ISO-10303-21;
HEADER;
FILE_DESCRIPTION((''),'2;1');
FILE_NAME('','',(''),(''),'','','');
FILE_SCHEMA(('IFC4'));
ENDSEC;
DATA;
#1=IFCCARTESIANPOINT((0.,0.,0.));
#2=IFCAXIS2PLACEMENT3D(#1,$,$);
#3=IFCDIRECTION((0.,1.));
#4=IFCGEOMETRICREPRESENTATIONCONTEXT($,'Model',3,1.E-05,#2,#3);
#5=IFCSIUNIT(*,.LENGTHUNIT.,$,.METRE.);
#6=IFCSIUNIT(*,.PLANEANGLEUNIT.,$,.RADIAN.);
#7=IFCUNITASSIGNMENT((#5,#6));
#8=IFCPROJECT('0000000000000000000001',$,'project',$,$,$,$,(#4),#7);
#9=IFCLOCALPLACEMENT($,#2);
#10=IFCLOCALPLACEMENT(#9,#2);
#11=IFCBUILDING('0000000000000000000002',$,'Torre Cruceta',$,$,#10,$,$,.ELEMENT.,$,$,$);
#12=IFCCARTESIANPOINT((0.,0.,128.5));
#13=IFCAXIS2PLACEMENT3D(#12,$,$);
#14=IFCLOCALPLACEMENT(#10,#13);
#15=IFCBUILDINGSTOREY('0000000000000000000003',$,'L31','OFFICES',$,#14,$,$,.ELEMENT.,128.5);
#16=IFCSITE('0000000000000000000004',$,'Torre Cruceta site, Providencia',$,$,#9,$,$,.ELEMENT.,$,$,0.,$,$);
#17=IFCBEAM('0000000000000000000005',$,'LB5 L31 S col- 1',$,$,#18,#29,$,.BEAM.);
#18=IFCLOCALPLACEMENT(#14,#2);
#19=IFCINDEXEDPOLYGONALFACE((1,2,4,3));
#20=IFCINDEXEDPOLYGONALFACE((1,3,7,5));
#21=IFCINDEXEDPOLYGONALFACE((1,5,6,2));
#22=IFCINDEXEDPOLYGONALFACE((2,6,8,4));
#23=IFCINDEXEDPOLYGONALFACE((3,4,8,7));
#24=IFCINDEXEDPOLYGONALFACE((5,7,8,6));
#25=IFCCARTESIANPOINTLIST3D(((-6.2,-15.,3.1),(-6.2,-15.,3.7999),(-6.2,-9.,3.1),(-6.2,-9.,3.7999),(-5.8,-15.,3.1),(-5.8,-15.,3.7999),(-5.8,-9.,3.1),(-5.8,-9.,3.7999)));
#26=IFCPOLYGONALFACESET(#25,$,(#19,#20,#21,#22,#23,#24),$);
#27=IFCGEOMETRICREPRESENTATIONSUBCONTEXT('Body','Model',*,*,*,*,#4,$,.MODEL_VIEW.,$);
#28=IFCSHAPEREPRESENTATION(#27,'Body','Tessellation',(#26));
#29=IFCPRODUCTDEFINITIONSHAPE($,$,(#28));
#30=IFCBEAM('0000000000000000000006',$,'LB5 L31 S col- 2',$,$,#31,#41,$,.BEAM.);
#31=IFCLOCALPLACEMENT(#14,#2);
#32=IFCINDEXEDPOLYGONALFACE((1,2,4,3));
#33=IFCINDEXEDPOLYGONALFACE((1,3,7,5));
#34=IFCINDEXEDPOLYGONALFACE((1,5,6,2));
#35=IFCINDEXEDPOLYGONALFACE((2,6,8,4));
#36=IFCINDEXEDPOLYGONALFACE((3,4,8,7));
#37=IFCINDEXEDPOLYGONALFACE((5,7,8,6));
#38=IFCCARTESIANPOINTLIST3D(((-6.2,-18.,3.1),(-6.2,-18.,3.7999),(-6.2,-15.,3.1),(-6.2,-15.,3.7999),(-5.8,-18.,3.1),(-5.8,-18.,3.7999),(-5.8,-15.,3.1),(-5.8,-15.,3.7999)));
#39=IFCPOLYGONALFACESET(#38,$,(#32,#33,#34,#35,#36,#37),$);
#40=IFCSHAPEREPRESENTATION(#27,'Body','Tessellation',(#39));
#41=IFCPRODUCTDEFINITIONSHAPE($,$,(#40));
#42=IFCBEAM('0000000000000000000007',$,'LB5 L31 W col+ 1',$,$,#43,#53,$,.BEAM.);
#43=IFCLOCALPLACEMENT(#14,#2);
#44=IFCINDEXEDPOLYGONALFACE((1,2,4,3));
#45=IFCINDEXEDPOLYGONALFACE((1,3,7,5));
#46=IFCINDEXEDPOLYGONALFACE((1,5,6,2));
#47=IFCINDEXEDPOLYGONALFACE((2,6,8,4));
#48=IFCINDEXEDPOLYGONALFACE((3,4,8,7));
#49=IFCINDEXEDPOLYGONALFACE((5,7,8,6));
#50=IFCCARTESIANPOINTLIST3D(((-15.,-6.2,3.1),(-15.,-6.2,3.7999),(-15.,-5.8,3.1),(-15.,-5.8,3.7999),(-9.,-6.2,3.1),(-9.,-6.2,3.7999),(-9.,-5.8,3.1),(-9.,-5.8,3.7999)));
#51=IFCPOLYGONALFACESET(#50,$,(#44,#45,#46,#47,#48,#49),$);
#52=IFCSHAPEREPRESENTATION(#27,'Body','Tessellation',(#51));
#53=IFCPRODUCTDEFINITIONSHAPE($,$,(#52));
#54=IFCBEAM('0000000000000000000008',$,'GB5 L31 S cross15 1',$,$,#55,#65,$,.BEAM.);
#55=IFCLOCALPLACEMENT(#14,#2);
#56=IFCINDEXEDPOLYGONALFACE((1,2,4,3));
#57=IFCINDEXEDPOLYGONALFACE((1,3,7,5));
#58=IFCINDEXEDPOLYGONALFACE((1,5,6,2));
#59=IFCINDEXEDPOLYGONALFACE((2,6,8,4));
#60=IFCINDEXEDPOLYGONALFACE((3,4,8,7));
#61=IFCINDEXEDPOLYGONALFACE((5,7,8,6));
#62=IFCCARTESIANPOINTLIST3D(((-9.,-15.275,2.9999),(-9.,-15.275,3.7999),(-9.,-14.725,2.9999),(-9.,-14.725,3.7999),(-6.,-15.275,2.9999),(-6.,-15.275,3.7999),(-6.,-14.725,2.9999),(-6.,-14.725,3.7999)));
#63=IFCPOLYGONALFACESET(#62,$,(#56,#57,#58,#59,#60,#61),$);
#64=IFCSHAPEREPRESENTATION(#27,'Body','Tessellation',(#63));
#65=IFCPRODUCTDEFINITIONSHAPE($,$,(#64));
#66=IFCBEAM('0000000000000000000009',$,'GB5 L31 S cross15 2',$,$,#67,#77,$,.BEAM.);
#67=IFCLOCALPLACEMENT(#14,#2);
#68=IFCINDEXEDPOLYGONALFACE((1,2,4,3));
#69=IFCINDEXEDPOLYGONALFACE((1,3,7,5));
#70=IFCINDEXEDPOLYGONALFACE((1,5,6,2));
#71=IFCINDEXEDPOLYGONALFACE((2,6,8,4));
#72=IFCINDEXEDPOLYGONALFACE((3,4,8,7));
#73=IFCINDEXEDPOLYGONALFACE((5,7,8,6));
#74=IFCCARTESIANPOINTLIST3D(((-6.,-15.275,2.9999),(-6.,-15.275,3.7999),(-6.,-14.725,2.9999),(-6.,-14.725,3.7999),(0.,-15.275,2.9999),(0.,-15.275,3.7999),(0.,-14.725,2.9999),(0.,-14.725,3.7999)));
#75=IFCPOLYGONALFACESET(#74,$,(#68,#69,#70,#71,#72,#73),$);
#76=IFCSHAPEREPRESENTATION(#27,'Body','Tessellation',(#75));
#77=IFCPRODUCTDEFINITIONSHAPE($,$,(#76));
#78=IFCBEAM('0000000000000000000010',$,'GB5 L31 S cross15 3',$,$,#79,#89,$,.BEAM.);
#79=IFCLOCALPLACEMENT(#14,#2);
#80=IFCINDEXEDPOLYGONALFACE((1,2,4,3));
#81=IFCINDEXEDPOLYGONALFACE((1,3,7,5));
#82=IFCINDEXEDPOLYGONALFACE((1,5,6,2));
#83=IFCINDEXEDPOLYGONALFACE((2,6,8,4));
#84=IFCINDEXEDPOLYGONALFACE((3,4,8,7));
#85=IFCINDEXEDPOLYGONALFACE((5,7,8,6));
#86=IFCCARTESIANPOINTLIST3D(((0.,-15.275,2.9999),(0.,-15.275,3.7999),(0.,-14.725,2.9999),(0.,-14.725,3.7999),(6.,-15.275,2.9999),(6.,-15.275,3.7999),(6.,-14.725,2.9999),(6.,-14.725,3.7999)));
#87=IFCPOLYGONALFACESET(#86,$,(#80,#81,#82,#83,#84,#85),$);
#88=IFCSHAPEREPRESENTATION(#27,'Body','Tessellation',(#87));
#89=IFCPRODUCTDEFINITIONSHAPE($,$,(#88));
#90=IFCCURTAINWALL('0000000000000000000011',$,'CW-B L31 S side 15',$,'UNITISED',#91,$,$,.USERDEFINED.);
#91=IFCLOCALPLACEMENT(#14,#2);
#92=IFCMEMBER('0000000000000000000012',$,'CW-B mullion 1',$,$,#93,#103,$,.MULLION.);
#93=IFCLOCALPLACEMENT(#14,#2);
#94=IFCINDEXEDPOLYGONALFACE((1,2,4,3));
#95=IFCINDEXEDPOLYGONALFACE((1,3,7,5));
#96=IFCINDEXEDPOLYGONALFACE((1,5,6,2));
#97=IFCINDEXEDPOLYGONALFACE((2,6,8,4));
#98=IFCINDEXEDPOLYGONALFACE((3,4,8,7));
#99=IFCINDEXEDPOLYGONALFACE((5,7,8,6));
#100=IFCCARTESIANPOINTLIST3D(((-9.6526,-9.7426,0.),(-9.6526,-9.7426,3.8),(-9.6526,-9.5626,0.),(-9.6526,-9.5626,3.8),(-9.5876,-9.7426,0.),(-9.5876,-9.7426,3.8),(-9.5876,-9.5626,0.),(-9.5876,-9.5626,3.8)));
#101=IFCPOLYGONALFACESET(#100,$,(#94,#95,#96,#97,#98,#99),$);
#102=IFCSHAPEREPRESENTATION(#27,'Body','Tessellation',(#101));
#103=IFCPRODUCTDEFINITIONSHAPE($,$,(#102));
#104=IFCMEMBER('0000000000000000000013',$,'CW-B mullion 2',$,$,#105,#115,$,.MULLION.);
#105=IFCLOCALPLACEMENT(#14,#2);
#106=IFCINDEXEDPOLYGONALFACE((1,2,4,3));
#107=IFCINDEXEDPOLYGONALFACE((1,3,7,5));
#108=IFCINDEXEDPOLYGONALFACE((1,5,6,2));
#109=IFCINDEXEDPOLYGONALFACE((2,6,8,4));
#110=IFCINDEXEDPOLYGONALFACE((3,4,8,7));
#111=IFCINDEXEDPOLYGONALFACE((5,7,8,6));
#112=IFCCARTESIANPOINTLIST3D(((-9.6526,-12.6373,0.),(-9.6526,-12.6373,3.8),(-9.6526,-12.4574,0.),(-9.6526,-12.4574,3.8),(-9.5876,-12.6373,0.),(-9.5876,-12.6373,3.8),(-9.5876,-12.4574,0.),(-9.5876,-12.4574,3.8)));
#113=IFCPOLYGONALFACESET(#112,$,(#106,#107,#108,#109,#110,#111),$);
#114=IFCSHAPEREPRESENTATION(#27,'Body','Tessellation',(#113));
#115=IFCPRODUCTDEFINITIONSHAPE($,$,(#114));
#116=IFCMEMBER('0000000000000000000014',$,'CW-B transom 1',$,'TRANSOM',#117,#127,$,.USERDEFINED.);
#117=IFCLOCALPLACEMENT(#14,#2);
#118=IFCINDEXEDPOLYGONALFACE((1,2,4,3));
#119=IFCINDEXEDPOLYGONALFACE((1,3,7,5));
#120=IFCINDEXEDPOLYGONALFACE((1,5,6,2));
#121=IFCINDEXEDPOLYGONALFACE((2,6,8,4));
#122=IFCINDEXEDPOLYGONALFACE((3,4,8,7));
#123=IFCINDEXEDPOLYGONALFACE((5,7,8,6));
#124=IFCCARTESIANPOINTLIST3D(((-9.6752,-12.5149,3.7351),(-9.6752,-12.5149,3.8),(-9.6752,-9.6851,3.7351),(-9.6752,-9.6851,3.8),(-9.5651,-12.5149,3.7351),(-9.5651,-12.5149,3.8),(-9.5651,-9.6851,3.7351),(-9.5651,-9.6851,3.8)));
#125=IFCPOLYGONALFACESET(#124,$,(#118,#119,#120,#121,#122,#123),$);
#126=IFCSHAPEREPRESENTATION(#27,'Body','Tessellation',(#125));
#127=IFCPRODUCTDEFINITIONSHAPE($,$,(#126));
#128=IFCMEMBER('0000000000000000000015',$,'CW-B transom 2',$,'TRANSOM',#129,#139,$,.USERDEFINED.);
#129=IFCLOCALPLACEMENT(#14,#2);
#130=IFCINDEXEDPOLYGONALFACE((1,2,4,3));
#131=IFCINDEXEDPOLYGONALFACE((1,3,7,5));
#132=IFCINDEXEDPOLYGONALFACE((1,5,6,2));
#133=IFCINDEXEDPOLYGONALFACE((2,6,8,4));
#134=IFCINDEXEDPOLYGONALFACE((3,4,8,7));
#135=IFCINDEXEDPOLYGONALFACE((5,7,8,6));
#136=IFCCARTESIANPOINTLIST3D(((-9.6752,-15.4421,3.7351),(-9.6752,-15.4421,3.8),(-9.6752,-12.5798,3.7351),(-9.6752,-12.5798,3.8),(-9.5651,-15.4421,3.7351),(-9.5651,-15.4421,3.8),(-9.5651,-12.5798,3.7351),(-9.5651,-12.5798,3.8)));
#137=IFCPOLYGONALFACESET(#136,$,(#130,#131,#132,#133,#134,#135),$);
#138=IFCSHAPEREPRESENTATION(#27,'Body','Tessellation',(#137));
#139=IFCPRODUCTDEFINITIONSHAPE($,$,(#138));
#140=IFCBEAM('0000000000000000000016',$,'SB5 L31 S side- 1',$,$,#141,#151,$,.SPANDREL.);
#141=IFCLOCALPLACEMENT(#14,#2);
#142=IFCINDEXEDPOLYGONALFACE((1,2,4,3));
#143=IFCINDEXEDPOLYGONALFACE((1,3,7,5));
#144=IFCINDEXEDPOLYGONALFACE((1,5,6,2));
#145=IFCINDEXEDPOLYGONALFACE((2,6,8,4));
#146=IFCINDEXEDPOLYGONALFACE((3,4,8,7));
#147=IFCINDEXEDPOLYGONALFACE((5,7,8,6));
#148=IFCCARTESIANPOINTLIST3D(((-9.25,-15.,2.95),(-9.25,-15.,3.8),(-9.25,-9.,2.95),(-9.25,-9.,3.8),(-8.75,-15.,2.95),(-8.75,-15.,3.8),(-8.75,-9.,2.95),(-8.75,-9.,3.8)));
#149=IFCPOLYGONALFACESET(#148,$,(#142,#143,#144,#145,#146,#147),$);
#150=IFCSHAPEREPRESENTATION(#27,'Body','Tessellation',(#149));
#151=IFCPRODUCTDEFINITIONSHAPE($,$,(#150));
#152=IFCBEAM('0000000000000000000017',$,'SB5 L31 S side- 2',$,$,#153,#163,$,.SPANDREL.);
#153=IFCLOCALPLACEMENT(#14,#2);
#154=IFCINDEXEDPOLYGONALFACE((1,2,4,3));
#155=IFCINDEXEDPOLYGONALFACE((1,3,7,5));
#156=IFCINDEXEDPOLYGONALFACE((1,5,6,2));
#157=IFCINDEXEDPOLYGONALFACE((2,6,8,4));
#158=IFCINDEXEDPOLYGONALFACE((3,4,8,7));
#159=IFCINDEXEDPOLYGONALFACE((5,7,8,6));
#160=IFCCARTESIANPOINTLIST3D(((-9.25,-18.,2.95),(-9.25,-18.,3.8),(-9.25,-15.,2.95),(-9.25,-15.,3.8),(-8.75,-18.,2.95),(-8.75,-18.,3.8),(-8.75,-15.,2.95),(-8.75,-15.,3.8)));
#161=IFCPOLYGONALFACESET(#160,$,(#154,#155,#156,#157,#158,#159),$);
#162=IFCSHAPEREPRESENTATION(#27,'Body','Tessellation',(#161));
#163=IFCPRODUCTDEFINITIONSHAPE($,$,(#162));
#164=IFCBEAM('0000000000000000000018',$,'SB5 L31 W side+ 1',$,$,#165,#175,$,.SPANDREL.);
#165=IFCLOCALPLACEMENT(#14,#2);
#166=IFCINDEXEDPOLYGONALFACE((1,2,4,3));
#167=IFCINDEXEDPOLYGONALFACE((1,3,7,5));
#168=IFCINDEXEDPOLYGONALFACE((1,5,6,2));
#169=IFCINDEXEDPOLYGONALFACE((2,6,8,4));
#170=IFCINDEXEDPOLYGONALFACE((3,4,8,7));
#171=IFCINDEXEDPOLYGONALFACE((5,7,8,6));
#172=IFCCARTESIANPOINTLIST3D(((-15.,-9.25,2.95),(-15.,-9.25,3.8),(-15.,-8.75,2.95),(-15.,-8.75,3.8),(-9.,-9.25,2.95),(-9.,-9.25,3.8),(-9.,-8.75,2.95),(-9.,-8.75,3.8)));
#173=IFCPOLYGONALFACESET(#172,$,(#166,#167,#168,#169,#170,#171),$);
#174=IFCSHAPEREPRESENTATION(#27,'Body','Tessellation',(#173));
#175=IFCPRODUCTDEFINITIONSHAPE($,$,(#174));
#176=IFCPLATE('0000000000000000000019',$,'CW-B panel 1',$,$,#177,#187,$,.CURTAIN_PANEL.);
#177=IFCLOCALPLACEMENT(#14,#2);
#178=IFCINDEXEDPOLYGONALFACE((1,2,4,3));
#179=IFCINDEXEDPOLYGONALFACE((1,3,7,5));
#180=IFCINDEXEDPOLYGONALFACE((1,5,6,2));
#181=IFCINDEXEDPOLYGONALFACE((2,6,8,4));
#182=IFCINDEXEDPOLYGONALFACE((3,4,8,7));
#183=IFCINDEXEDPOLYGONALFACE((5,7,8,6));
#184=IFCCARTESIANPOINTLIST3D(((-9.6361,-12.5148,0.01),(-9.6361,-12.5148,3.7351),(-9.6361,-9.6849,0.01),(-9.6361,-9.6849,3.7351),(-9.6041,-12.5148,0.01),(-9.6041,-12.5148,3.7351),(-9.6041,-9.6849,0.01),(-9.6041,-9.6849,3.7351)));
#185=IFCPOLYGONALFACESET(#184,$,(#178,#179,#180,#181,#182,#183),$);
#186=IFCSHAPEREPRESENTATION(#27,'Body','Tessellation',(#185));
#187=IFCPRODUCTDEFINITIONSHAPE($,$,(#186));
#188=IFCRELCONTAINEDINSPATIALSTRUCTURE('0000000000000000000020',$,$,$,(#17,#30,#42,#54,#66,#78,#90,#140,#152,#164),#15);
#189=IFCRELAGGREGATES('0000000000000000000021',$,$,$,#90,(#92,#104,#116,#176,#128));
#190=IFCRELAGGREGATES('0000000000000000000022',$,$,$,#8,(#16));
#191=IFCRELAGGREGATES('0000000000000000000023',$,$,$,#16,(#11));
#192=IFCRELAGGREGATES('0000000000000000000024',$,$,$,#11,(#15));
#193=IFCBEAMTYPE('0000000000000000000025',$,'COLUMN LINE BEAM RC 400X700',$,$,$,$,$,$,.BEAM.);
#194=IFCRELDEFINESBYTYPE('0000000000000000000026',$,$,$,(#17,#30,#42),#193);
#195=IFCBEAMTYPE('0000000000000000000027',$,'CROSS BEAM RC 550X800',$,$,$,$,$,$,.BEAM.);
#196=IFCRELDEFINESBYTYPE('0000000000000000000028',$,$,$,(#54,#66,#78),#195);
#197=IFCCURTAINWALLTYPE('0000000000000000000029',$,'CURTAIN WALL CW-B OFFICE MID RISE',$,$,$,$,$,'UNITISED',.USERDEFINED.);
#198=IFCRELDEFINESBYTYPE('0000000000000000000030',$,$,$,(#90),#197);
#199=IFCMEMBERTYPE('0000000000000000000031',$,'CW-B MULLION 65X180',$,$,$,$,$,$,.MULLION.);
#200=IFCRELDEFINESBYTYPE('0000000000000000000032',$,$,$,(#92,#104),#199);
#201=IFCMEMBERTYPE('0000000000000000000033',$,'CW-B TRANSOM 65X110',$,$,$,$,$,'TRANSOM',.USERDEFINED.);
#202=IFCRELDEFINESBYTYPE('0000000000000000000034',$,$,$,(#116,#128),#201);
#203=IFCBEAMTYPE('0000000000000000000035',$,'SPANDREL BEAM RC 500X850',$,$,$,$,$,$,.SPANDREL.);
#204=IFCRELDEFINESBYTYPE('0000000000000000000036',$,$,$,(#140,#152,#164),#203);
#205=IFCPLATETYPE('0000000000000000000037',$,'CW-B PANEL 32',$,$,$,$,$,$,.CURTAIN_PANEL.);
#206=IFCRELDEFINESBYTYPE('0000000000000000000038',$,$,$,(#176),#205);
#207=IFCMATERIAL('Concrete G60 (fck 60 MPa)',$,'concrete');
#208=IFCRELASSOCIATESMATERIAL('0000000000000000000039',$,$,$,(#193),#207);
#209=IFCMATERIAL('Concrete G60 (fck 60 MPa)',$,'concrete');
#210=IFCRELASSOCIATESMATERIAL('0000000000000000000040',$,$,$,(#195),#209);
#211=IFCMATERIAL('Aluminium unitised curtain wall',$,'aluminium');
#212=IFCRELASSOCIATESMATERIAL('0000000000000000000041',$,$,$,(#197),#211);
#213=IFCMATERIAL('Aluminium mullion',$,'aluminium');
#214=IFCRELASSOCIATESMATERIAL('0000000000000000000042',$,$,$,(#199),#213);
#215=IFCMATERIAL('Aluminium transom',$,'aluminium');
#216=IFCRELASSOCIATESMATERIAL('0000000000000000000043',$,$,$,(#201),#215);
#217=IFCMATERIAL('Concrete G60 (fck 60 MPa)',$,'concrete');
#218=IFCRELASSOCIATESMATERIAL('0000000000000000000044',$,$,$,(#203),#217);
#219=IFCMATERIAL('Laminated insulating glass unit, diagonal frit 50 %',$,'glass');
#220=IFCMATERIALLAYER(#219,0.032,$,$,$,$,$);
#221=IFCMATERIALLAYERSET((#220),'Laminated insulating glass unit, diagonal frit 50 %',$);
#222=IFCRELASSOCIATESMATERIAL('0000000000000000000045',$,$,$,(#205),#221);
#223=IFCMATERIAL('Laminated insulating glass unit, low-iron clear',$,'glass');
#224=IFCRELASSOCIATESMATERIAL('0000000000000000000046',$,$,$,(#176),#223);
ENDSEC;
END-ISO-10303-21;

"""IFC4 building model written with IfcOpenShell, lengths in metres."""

from ifc_helpers import new_model, si_unit, direction, frame, origin, origin_2d, place, context, subcontext, project, spatial, rectangle, extrude, material, layer, layer_set, material_profile, profile_set, type_object, element, aggregate, save


model = new_model("IFC4")

# Units and contexts
model_context = context("Model", 3, precision=1e-05, world=origin(), true_north=direction((0.0, 1.0)))
body_context = subcontext(model_context, "Body", "Model", "MODEL_VIEW")
ifc_project = project(units=[si_unit("LENGTHUNIT", "METRE"), si_unit("PLANEANGLEUNIT", "RADIAN")], contexts=[model_context])

# Site, building, storey
site_placement = place(None, origin())
site = spatial("IfcSite", under=ifc_project, at=site_placement, Name="Torre Cruceta site, Providencia", CompositionType="ELEMENT", RefElevation=0.0)
building_placement = place(site_placement, origin())
building = spatial("IfcBuilding", under=site, at=building_placement, Name="Torre Cruceta", CompositionType="ELEMENT")
storey_placement = place(building_placement, frame((0.0, 0.0, 128.5)))
storey = spatial("IfcBuildingStorey", under=building, at=storey_placement, Name="L31", Description="OFFICES", CompositionType="ELEMENT", Elevation=128.5)

# Beams
ifc_material_1 = material(Name="Concrete G60 (fck 60 MPa)", Category="concrete")
ifc_material_profile_1 = material_profile(ifc_material_1, rectangle(XDim=0.3999, YDim=0.7, at=origin_2d()), Name="RC 400X700")
ifc_profile_set_1 = profile_set([ifc_material_profile_1], Name="Concrete G60 (fck 60 MPa)")
beam_type_1 = type_object("IfcBeamType", Name="COLUMN LINE BEAM RC 400X700", PredefinedType="BEAM", material=ifc_profile_set_1)
beam_1_placement = place(storey_placement, frame((-6.0, -9.0, 3.45), z_axis=(0.0, -1.0, 0.0), x_axis=(1.0, 0.0, 0.0)))
element("IfcBeam", 1, at=beam_1_placement, inside=storey, type_object=beam_type_1, Name="LB5 L31 S col- 1", PredefinedType="BEAM", context=body_context, shape_type="SweptSolid", body=[
    extrude(rectangle(XDim=0.3999, YDim=0.7, at=origin_2d()), origin(), (0.0, 0.0, 1.0), 6.0),
])
beam_2_placement = place(storey_placement, frame((-6.0, -15.0, 3.45), z_axis=(0.0, -1.0, 0.0), x_axis=(1.0, 0.0, 0.0)))
element("IfcBeam", 2, at=beam_2_placement, inside=storey, type_object=beam_type_1, Name="LB5 L31 S col- 2", PredefinedType="BEAM", context=body_context, shape_type="SweptSolid", body=[
    extrude(rectangle(XDim=0.3999, YDim=0.7, at=origin_2d()), origin(), (0.0, 0.0, 1.0), 3.0),
])
beam_3_placement = place(storey_placement, frame((-9.0, -6.0, 3.45), z_axis=(-1.0, 0.0, 0.0), x_axis=(0.0, -1.0, 0.0)))
element("IfcBeam", 3, at=beam_3_placement, inside=storey, type_object=beam_type_1, Name="LB5 L31 W col+ 1", PredefinedType="BEAM", context=body_context, shape_type="SweptSolid", body=[
    extrude(rectangle(XDim=0.3999, YDim=0.7, at=origin_2d()), origin(), (0.0, 0.0, 1.0), 6.0),
])
ifc_material_2 = material(Name="Concrete G60 (fck 60 MPa)", Category="concrete")
ifc_material_profile_2 = material_profile(ifc_material_2, rectangle(XDim=0.55, YDim=0.8, at=origin_2d()), Name="RC 550X800")
ifc_profile_set_2 = profile_set([ifc_material_profile_2], Name="Concrete G60 (fck 60 MPa)")
beam_type_2 = type_object("IfcBeamType", Name="CROSS BEAM RC 550X800", PredefinedType="BEAM", material=ifc_profile_set_2)
beam_4_placement = place(storey_placement, frame((-9.0, -15.0, 3.3999), z_axis=(1.0, 0.0, 0.0), x_axis=(0.0, 1.0, 0.0)))
element("IfcBeam", 4, at=beam_4_placement, inside=storey, type_object=beam_type_2, Name="GB5 L31 S cross15 1", PredefinedType="BEAM", context=body_context, shape_type="SweptSolid", body=[
    extrude(rectangle(XDim=0.55, YDim=0.8, at=origin_2d()), origin(), (0.0, 0.0, 1.0), 3.0),
])
for number, where, z_axis, x_axis, name in (
    (5, (-6.0, -15.0, 3.3999), (1.0, 0.0, 0.0), (0.0, 1.0, 0.0), "GB5 L31 S cross15 2"),
    (6, (0.0, -15.0, 3.3999), (1.0, 0.0, 0.0), (0.0, 1.0, 0.0), "GB5 L31 S cross15 3"),
):
    element("IfcBeam", number, at=place(storey_placement, frame(where, z_axis=z_axis, x_axis=x_axis)), inside=storey, type_object=beam_type_2, Name=name, PredefinedType="BEAM", context=body_context, shape_type="SweptSolid", body=[
        extrude(rectangle(XDim=0.55, YDim=0.8, at=origin_2d()), origin(), (0.0, 0.0, 1.0), 6.0),
    ])

# Curtain wall, members
ifc_material_3 = material(Name="Aluminium unitised curtain wall", Category="aluminium")
curtain_wall_type = type_object("IfcCurtainWallType", Name="CURTAIN WALL CW-B OFFICE MID RISE", ElementType="UNITISED", PredefinedType="USERDEFINED", material=ifc_material_3)
curtain_wall_placement = place(storey_placement, origin())
curtain_wall = element("IfcCurtainWall", 7, at=curtain_wall_placement, inside=storey, type_object=curtain_wall_type, Name="CW-B L31 S side 15", ObjectType="UNITISED", PredefinedType="USERDEFINED")
ifc_material_4 = material(Name="Aluminium mullion", Category="aluminium")
ifc_material_profile_3 = material_profile(ifc_material_4, rectangle(XDim=0.0649, YDim=0.1799, at=origin_2d()), Name="AL 65X180")
ifc_profile_set_3 = profile_set([ifc_material_profile_3], Name="Aluminium mullion")
member_type_1 = type_object("IfcMemberType", Name="CW-B MULLION 65X180", PredefinedType="MULLION", material=ifc_profile_set_3)
member_1_placement = place(storey_placement, frame((-9.6201, -9.6526, 0.0), z_axis=(0.0, 0.0, 1.0), x_axis=(1.0, 0.0, 0.0)))
member_1 = element("IfcMember", 8, at=member_1_placement, type_object=member_type_1, Name="CW-B mullion 1", PredefinedType="MULLION", context=body_context, shape_type="SweptSolid", body=[
    extrude(rectangle(XDim=0.0649, YDim=0.1799, at=origin_2d()), origin(), (0.0, 0.0, 1.0), 3.8),
])
member_2_placement = place(storey_placement, frame((-9.6201, -12.5474, 0.0), z_axis=(0.0, 0.0, 1.0), x_axis=(1.0, 0.0, 0.0)))
member_2 = element("IfcMember", 9, at=member_2_placement, type_object=member_type_1, Name="CW-B mullion 2", PredefinedType="MULLION", context=body_context, shape_type="SweptSolid", body=[
    extrude(rectangle(XDim=0.0649, YDim=0.1799, at=origin_2d()), origin(), (0.0, 0.0, 1.0), 3.8),
])
ifc_material_5 = material(Name="Aluminium transom", Category="aluminium")
ifc_material_profile_4 = material_profile(ifc_material_5, rectangle(XDim=0.1101, YDim=0.0649, at=origin_2d()), Name="AL 110X65")
ifc_profile_set_4 = profile_set([ifc_material_profile_4], Name="Aluminium transom")
member_type_2 = type_object("IfcMemberType", Name="CW-B TRANSOM 65X110", ElementType="TRANSOM", PredefinedType="USERDEFINED", material=ifc_profile_set_4)
member_3_placement = place(storey_placement, frame((-9.6201, -9.6851, 3.7676), z_axis=(0.0, -1.0, 0.0), x_axis=(1.0, 0.0, 0.0)))
member_3 = element("IfcMember", 10, at=member_3_placement, type_object=member_type_2, Name="CW-B transom 1", ObjectType="TRANSOM", PredefinedType="USERDEFINED", context=body_context, shape_type="SweptSolid", body=[
    extrude(rectangle(XDim=0.1101, YDim=0.0649, at=origin_2d()), origin(), (0.0, 0.0, 1.0), 2.8298),
])
member_4_placement = place(storey_placement, frame((-9.6201, -12.5798, 3.7676), z_axis=(0.0, -1.0, 0.0), x_axis=(1.0, 0.0, 0.0)))
member_4 = element("IfcMember", 11, at=member_4_placement, type_object=member_type_2, Name="CW-B transom 2", ObjectType="TRANSOM", PredefinedType="USERDEFINED", context=body_context, shape_type="SweptSolid", body=[
    extrude(rectangle(XDim=0.1101, YDim=0.0649, at=origin_2d()), origin(), (0.0, 0.0, 1.0), 2.8623),
])

# Beams
ifc_material_6 = material(Name="Concrete G60 (fck 60 MPa)", Category="concrete")
ifc_material_profile_5 = material_profile(ifc_material_6, rectangle(XDim=0.5, YDim=0.8501, at=origin_2d()), Name="RC 500X850")
ifc_profile_set_5 = profile_set([ifc_material_profile_5], Name="Concrete G60 (fck 60 MPa)")
beam_type_3 = type_object("IfcBeamType", Name="SPANDREL BEAM RC 500X850", PredefinedType="SPANDREL", material=ifc_profile_set_5)
beam_5_placement = place(storey_placement, frame((-9.0, -9.0, 3.375), z_axis=(0.0, -1.0, 0.0), x_axis=(1.0, 0.0, 0.0)))
element("IfcBeam", 12, at=beam_5_placement, inside=storey, type_object=beam_type_3, Name="SB5 L31 S side- 1", PredefinedType="SPANDREL", context=body_context, shape_type="SweptSolid", body=[
    extrude(rectangle(XDim=0.5, YDim=0.8501, at=origin_2d()), origin(), (0.0, 0.0, 1.0), 6.0),
])
beam_6_placement = place(storey_placement, frame((-9.0, -15.0, 3.375), z_axis=(0.0, -1.0, 0.0), x_axis=(1.0, 0.0, 0.0)))
element("IfcBeam", 13, at=beam_6_placement, inside=storey, type_object=beam_type_3, Name="SB5 L31 S side- 2", PredefinedType="SPANDREL", context=body_context, shape_type="SweptSolid", body=[
    extrude(rectangle(XDim=0.5, YDim=0.8501, at=origin_2d()), origin(), (0.0, 0.0, 1.0), 3.0),
])
beam_7_placement = place(storey_placement, frame((-9.0, -9.0, 3.375), z_axis=(-1.0, 0.0, 0.0), x_axis=(0.0, -1.0, 0.0)))
element("IfcBeam", 14, at=beam_7_placement, inside=storey, type_object=beam_type_3, Name="SB5 L31 W side+ 1", PredefinedType="SPANDREL", context=body_context, shape_type="SweptSolid", body=[
    extrude(rectangle(XDim=0.5, YDim=0.8501, at=origin_2d()), origin(), (0.0, 0.0, 1.0), 6.0),
])

# Plate
ifc_material_7 = material(Name="Laminated insulating glass unit, low-iron clear", Category="glass")
ifc_material_8 = material(Name="Laminated insulating glass unit, diagonal frit 50 %", Category="glass")
ifc_layer_1 = layer(ifc_material_8, 0.032)
ifc_layer_set_1 = layer_set([ifc_layer_1], Name="Laminated insulating glass unit, diagonal frit 50 %")
plate_type = type_object("IfcPlateType", Name="CW-B PANEL 32", PredefinedType="CURTAIN_PANEL", material=ifc_layer_set_1)
plate_placement = place(storey_placement, frame((-9.6201, -11.0999, 0.01), z_axis=(0.0, 0.0, 1.0), x_axis=(0.0, -1.0, 0.0)))
plate = element("IfcPlate", 15, at=plate_placement, type_object=plate_type, material=ifc_material_7, Name="CW-B panel 1", PredefinedType="CURTAIN_PANEL", context=body_context, shape_type="SweptSolid", body=[
    extrude(rectangle(XDim=2.8298, YDim=0.032, at=origin_2d()), origin(), (0.0, 0.0, 1.0), 3.7251),
])
aggregate(curtain_wall, [member_1, member_2, member_3, plate, member_4])

save(model, "model.ifc")
